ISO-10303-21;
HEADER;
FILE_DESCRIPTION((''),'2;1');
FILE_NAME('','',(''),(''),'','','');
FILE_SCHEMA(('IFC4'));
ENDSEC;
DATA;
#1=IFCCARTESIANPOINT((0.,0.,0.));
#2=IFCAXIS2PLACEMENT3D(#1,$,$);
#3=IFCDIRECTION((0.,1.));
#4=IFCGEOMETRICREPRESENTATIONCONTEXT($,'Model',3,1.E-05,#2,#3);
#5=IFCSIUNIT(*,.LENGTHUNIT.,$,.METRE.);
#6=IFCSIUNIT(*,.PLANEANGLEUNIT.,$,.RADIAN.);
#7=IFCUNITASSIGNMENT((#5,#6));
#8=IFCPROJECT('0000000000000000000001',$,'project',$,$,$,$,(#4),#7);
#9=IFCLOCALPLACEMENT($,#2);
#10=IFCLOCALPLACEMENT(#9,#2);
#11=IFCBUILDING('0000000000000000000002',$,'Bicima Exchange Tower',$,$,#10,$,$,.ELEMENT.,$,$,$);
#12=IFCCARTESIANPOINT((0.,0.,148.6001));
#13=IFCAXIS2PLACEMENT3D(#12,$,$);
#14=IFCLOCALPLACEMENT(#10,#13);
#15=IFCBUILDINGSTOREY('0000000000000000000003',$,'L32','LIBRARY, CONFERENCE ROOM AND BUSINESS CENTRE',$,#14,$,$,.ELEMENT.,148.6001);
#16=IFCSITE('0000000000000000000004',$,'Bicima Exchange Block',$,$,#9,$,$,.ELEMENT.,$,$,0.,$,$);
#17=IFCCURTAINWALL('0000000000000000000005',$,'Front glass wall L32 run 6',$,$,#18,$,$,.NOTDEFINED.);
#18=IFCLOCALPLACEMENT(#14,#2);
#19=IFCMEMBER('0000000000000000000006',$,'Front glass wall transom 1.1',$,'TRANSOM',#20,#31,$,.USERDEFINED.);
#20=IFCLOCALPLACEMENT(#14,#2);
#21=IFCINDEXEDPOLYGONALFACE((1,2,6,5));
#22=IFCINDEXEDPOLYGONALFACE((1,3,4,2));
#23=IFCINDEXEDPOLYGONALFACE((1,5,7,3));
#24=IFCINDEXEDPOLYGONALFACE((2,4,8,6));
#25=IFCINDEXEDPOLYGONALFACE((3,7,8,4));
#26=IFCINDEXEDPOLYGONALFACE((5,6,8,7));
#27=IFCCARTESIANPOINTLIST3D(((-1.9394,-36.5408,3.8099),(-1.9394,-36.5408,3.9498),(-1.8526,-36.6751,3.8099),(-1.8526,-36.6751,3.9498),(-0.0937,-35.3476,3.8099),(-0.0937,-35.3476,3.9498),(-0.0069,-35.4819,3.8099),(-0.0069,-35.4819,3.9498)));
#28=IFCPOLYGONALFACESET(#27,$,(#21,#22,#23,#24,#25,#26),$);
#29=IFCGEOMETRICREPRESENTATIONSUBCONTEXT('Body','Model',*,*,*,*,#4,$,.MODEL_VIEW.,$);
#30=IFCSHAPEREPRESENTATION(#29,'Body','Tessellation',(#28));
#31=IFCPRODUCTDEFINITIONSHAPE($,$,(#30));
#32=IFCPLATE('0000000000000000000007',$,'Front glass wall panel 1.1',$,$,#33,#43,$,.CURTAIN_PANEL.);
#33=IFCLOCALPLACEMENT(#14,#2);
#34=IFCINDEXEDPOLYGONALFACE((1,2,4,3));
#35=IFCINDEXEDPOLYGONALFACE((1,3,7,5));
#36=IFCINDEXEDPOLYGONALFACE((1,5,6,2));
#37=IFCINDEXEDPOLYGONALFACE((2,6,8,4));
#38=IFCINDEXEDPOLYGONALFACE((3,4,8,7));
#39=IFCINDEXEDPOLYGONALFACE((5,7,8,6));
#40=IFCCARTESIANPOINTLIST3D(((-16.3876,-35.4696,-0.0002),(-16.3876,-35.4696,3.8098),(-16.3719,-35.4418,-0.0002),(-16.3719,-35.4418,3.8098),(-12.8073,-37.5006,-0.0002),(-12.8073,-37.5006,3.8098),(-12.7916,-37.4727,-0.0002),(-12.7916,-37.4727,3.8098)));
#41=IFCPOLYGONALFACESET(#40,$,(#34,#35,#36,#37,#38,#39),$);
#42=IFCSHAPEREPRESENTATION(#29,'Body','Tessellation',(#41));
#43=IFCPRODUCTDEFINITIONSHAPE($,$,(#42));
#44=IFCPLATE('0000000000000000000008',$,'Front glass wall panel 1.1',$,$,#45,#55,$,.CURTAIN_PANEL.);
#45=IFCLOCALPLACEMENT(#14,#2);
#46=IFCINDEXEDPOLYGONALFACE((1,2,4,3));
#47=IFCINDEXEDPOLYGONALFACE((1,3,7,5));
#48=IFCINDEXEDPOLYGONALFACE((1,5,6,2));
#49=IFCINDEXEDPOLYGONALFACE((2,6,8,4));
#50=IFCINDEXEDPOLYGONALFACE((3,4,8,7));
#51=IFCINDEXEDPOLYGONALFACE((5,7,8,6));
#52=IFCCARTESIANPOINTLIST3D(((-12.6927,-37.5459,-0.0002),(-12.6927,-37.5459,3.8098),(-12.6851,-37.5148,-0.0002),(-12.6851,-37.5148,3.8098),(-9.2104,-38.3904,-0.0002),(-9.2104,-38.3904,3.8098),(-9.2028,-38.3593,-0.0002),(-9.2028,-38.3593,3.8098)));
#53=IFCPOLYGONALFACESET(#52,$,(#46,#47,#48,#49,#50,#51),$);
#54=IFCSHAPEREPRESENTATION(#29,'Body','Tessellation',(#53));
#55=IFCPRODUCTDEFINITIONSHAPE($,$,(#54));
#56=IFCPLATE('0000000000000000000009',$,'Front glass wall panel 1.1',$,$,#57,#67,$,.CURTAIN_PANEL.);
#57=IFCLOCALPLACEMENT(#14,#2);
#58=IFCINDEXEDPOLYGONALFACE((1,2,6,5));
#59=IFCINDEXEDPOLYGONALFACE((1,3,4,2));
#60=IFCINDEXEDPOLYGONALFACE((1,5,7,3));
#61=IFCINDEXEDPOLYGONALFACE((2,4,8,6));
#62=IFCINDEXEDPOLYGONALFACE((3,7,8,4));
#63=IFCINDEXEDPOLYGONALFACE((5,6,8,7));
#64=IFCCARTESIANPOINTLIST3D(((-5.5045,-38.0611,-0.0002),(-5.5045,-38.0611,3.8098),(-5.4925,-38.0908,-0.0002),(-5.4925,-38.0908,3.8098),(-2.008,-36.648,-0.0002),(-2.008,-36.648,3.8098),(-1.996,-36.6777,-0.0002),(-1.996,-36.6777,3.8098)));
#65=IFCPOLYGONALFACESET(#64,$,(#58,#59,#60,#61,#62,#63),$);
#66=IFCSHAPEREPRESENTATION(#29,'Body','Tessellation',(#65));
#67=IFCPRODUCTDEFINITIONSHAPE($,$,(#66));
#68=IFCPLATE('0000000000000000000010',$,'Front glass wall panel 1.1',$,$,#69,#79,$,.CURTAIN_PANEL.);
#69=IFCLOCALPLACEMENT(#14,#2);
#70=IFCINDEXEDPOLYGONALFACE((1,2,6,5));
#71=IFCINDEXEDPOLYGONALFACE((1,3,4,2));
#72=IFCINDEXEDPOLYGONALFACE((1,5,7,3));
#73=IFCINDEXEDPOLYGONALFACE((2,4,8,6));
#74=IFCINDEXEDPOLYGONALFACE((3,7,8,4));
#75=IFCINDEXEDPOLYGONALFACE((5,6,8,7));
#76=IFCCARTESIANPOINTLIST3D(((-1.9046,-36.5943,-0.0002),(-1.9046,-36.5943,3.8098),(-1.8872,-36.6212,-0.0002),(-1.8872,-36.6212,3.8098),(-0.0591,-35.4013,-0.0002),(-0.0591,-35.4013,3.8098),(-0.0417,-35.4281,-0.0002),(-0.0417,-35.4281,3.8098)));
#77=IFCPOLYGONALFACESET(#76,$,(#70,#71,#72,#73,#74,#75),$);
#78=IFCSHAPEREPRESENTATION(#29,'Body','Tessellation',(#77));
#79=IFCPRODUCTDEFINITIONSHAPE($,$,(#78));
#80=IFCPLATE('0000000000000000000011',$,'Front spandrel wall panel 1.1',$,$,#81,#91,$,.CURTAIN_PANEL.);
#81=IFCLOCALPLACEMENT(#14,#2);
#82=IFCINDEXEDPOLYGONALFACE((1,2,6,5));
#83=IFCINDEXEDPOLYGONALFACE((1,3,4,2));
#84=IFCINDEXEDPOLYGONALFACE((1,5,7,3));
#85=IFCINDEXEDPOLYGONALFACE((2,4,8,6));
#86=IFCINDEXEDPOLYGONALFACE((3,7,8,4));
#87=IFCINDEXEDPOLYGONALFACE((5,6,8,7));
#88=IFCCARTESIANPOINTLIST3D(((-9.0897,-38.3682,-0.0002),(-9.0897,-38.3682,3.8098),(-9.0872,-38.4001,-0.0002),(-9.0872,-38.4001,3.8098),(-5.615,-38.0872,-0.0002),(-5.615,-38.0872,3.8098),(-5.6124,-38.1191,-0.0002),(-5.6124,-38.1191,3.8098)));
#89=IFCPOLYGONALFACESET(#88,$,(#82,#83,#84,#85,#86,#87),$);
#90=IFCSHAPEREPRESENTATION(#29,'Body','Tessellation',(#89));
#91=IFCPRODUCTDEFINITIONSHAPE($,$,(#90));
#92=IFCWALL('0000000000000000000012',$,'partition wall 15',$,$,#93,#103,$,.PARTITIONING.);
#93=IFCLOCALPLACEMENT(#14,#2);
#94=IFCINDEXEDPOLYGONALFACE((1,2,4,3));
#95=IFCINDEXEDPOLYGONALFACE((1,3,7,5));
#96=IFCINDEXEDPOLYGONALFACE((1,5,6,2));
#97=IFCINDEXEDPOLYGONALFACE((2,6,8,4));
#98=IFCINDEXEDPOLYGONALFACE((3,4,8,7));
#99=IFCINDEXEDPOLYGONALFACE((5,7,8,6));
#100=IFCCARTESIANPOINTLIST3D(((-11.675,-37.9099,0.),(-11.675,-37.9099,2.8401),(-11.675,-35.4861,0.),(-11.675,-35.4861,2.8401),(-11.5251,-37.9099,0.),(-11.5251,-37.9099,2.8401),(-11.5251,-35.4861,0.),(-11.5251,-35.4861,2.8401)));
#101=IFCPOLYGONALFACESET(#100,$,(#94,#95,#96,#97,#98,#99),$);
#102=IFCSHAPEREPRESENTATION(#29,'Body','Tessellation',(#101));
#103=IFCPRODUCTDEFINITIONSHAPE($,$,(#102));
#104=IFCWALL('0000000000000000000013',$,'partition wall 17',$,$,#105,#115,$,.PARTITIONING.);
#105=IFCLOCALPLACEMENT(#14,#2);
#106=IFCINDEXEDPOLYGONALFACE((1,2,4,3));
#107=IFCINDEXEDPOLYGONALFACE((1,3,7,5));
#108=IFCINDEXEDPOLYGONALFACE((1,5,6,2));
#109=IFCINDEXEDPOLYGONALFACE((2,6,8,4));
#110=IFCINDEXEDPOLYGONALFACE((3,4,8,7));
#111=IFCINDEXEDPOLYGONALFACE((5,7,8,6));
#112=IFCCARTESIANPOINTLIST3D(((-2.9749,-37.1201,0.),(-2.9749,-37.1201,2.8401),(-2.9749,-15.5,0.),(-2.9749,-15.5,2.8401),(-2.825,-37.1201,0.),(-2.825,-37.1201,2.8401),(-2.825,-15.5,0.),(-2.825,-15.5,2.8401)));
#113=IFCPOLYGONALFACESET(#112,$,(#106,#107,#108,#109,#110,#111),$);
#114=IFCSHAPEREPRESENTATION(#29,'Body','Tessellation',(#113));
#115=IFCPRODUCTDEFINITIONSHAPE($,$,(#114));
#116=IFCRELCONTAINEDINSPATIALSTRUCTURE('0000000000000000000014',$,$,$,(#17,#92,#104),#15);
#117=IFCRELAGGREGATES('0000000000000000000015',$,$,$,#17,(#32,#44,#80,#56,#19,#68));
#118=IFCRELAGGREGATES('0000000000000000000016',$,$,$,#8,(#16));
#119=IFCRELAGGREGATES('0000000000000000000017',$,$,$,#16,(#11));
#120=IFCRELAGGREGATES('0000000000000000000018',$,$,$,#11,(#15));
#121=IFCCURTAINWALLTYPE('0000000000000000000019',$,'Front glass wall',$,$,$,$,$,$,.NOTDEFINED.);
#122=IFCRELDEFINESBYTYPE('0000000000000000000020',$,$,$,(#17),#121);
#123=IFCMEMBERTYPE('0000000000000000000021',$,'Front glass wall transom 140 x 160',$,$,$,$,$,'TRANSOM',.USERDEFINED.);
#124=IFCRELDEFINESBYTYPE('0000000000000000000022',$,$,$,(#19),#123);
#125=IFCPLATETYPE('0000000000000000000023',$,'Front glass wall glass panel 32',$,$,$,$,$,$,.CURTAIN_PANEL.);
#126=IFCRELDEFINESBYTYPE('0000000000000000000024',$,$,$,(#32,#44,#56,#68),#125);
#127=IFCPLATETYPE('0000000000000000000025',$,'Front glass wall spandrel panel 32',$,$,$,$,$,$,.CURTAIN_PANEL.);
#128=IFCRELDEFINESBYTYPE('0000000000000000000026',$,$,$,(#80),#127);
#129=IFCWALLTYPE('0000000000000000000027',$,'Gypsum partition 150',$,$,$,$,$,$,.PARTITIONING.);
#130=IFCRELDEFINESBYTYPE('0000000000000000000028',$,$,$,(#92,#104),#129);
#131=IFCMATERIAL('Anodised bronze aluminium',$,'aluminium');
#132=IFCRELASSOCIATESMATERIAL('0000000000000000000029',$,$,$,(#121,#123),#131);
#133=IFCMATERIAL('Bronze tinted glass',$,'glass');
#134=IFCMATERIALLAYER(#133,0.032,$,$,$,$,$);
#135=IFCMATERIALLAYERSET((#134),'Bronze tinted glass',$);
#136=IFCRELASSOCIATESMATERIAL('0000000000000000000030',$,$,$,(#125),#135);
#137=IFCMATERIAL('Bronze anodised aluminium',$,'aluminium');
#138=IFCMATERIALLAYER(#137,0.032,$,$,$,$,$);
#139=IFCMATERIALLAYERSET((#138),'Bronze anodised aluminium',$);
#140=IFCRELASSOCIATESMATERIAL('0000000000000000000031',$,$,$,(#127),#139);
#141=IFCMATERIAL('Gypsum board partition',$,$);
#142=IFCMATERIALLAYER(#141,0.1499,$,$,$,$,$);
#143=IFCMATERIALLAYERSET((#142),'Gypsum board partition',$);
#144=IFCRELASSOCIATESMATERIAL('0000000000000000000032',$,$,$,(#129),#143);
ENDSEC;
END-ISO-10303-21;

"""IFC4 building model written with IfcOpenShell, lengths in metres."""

from ifc_helpers import new_model, si_unit, direction, frame, frame_2d, origin, origin_2d, place, context, subcontext, project, spatial, rectangle, extrude, material, layer, layer_set, material_profile, profile_set, type_object, element, aggregate, save


model = new_model("IFC4")

# Units and contexts
model_context = context("Model", 3, precision=1e-05, world=origin(), true_north=direction((0.0, 1.0)))
body_context = subcontext(model_context, "Body", "Model", "MODEL_VIEW")
ifc_project = project(units=[si_unit("LENGTHUNIT", "METRE"), si_unit("PLANEANGLEUNIT", "RADIAN")], contexts=[model_context])

# Site, building, storey
site_placement = place(None, origin())
site = spatial("IfcSite", under=ifc_project, at=site_placement, Name="Bicima Exchange Block", CompositionType="ELEMENT", RefElevation=0.0)
building_placement = place(site_placement, origin())
building = spatial("IfcBuilding", under=site, at=building_placement, Name="Bicima Exchange Tower", CompositionType="ELEMENT")
storey_placement = place(building_placement, frame((0.0, 0.0, 148.6001)))
storey = spatial("IfcBuildingStorey", under=building, at=storey_placement, Name="L32", Description="LIBRARY, CONFERENCE ROOM AND BUSINESS CENTRE", CompositionType="ELEMENT", Elevation=148.6001)

# Curtain wall, member, plates
ifc_material_1 = material(Name="Anodised bronze aluminium", Category="aluminium")
curtain_wall_type = type_object("IfcCurtainWallType", Name="Front glass wall", PredefinedType="NOTDEFINED", material=ifc_material_1)
curtain_wall_placement = place(storey_placement, origin())
curtain_wall = element("IfcCurtainWall", 1, at=curtain_wall_placement, inside=storey, type_object=curtain_wall_type, Name="Front glass wall L32 run 6", PredefinedType="NOTDEFINED")
ifc_material_profile_1 = material_profile(ifc_material_1, rectangle(XDim=0.1599, YDim=0.1399, at=origin_2d()))
ifc_profile_set_1 = profile_set([ifc_material_profile_1], Name="Anodised bronze aluminium")
member_type_1 = type_object("IfcMemberType", Name="Front glass wall transom 140 x 160", ElementType="TRANSOM", PredefinedType="USERDEFINED", material=ifc_profile_set_1)
member_1_placement = place(storey_placement, frame((-1.896, -36.6079, 3.8799), z_axis=(0.839811, 0.542878, 0.0), x_axis=(-0.542878, 0.839811, 0.0)))
member_1 = element("IfcMember", 2, at=member_1_placement, type_object=member_type_1, Name="Front glass wall transom 1.1", ObjectType="TRANSOM", PredefinedType="USERDEFINED", context=body_context, shape_type="SweptSolid", body=[
    extrude(rectangle(XDim=0.1599, YDim=0.1399, at=origin_2d()), origin(), (0.0, 0.0, 1.0), 2.1978),
])
ifc_material_2 = material(Name="Bronze tinted glass", Category="glass")
ifc_layer_1 = layer(ifc_material_2, 0.032)
ifc_layer_set_1 = layer_set([ifc_layer_1], Name="Bronze tinted glass")
plate_type_1 = type_object("IfcPlateType", Name="Front glass wall glass panel 32", PredefinedType="CURTAIN_PANEL", material=ifc_layer_set_1)
plate_1_placement = place(storey_placement, frame((-14.5896, -36.4712, -0.0002), z_axis=(0.0, 0.0, 1.0), x_axis=(0.869805, -0.493395, 0.0)))
plate_1 = element("IfcPlate", 3, at=plate_1_placement, type_object=plate_type_1, Name="Front glass wall panel 1.1", PredefinedType="CURTAIN_PANEL", context=body_context, shape_type="SweptSolid", body=[
    extrude(rectangle(XDim=4.1162, YDim=0.032, at=origin_2d()), origin(), (0.0, 0.0, 1.0), 3.8101),
])
plate_2_placement = place(storey_placement, frame((-10.9478, -37.9526, -0.0002), z_axis=(0.0, 0.0, 1.0), x_axis=(0.97183, -0.235682, 0.0)))
plate_2 = element("IfcPlate", 4, at=plate_2_placement, type_object=plate_type_1, Name="Front glass wall panel 1.1", PredefinedType="CURTAIN_PANEL", context=body_context, shape_type="SweptSolid", body=[
    extrude(rectangle(XDim=3.5833, YDim=0.032, at=origin_2d()), origin(), (0.0, 0.0, 1.0), 3.8101),
])
plate_3_placement = place(storey_placement, frame((-3.7502, -37.3694, -0.0002), z_axis=(0.0, 0.0, 1.0), x_axis=(0.927144, 0.374705, 0.0)))
plate_3 = element("IfcPlate", 5, at=plate_3_placement, type_object=plate_type_1, Name="Front glass wall panel 1.1", PredefinedType="CURTAIN_PANEL", context=body_context, shape_type="SweptSolid", body=[
    extrude(rectangle(XDim=3.7712, YDim=0.032, at=origin_2d()), origin(), (0.0, 0.0, 1.0), 3.8101),
])
plate_4_placement = place(storey_placement, frame((-0.9731, -36.0112, -0.0002), z_axis=(0.0, 0.0, 1.0), x_axis=(0.839799, 0.542897, 0.0)))
plate_4 = element("IfcPlate", 6, at=plate_4_placement, type_object=plate_type_1, Name="Front glass wall panel 1.1", PredefinedType="CURTAIN_PANEL", context=body_context, shape_type="SweptSolid", body=[
    extrude(rectangle(XDim=2.1975, YDim=0.032, at=origin_2d()), origin(), (0.0, 0.0, 1.0), 3.8101),
])
ifc_material_3 = material(Name="Bronze anodised aluminium", Category="aluminium")
ifc_layer_2 = layer(ifc_material_3, 0.032)
ifc_layer_set_2 = layer_set([ifc_layer_2], Name="Bronze anodised aluminium")
plate_type_2 = type_object("IfcPlateType", Name="Front glass wall spandrel panel 32", PredefinedType="CURTAIN_PANEL", material=ifc_layer_set_2)
plate_5_placement = place(storey_placement, frame((-7.3511, -38.2437, -0.0002), z_axis=(0.0, 0.0, 1.0), x_axis=(0.996747, 0.080589, 0.0)))
plate_5 = element("IfcPlate", 7, at=plate_5_placement, type_object=plate_type_2, Name="Front spandrel wall panel 1.1", PredefinedType="CURTAIN_PANEL", context=body_context, shape_type="SweptSolid", body=[
    extrude(rectangle(XDim=3.4861, YDim=0.032, at=origin_2d()), origin(), (0.0, 0.0, 1.0), 3.8101),
])
aggregate(curtain_wall, [plate_1, plate_2, plate_5, plate_3, member_1, plate_4])

# Walls
ifc_material_4 = material(Name="Gypsum board partition")
ifc_layer_3 = layer(ifc_material_4, 0.1499)
ifc_layer_set_3 = layer_set([ifc_layer_3], Name="Gypsum board partition")
wall_type = type_object("IfcWallType", Name="Gypsum partition 150", PredefinedType="PARTITIONING", material=ifc_layer_set_3)
wall_1_placement = place(storey_placement, frame((-11.6001, -37.9099, 0.0), z_axis=(0.0, 0.0, 1.0), x_axis=(0.0, 1.0, 0.0)))
element("IfcWall", 8, at=wall_1_placement, inside=storey, type_object=wall_type, Name="partition wall 15", PredefinedType="PARTITIONING", context=body_context, shape_type="SweptSolid", body=[
    extrude(rectangle(XDim=2.4238, YDim=0.1499, at=frame_2d((1.2119, 0.0))), origin(), (0.0, 0.0, 1.0), 2.8401),
])
wall_2_placement = place(storey_placement, frame((-2.8999, -37.1201, 0.0), z_axis=(0.0, 0.0, 1.0), x_axis=(0.0, 1.0, 0.0)))
element("IfcWall", 9, at=wall_2_placement, inside=storey, type_object=wall_type, Name="partition wall 17", PredefinedType="PARTITIONING", context=body_context, shape_type="SweptSolid", body=[
    extrude(rectangle(XDim=21.6201, YDim=0.1499, at=frame_2d((10.8101, 0.0))), origin(), (0.0, 0.0, 1.0), 2.8401),
])

save(model, "model.ifc")
